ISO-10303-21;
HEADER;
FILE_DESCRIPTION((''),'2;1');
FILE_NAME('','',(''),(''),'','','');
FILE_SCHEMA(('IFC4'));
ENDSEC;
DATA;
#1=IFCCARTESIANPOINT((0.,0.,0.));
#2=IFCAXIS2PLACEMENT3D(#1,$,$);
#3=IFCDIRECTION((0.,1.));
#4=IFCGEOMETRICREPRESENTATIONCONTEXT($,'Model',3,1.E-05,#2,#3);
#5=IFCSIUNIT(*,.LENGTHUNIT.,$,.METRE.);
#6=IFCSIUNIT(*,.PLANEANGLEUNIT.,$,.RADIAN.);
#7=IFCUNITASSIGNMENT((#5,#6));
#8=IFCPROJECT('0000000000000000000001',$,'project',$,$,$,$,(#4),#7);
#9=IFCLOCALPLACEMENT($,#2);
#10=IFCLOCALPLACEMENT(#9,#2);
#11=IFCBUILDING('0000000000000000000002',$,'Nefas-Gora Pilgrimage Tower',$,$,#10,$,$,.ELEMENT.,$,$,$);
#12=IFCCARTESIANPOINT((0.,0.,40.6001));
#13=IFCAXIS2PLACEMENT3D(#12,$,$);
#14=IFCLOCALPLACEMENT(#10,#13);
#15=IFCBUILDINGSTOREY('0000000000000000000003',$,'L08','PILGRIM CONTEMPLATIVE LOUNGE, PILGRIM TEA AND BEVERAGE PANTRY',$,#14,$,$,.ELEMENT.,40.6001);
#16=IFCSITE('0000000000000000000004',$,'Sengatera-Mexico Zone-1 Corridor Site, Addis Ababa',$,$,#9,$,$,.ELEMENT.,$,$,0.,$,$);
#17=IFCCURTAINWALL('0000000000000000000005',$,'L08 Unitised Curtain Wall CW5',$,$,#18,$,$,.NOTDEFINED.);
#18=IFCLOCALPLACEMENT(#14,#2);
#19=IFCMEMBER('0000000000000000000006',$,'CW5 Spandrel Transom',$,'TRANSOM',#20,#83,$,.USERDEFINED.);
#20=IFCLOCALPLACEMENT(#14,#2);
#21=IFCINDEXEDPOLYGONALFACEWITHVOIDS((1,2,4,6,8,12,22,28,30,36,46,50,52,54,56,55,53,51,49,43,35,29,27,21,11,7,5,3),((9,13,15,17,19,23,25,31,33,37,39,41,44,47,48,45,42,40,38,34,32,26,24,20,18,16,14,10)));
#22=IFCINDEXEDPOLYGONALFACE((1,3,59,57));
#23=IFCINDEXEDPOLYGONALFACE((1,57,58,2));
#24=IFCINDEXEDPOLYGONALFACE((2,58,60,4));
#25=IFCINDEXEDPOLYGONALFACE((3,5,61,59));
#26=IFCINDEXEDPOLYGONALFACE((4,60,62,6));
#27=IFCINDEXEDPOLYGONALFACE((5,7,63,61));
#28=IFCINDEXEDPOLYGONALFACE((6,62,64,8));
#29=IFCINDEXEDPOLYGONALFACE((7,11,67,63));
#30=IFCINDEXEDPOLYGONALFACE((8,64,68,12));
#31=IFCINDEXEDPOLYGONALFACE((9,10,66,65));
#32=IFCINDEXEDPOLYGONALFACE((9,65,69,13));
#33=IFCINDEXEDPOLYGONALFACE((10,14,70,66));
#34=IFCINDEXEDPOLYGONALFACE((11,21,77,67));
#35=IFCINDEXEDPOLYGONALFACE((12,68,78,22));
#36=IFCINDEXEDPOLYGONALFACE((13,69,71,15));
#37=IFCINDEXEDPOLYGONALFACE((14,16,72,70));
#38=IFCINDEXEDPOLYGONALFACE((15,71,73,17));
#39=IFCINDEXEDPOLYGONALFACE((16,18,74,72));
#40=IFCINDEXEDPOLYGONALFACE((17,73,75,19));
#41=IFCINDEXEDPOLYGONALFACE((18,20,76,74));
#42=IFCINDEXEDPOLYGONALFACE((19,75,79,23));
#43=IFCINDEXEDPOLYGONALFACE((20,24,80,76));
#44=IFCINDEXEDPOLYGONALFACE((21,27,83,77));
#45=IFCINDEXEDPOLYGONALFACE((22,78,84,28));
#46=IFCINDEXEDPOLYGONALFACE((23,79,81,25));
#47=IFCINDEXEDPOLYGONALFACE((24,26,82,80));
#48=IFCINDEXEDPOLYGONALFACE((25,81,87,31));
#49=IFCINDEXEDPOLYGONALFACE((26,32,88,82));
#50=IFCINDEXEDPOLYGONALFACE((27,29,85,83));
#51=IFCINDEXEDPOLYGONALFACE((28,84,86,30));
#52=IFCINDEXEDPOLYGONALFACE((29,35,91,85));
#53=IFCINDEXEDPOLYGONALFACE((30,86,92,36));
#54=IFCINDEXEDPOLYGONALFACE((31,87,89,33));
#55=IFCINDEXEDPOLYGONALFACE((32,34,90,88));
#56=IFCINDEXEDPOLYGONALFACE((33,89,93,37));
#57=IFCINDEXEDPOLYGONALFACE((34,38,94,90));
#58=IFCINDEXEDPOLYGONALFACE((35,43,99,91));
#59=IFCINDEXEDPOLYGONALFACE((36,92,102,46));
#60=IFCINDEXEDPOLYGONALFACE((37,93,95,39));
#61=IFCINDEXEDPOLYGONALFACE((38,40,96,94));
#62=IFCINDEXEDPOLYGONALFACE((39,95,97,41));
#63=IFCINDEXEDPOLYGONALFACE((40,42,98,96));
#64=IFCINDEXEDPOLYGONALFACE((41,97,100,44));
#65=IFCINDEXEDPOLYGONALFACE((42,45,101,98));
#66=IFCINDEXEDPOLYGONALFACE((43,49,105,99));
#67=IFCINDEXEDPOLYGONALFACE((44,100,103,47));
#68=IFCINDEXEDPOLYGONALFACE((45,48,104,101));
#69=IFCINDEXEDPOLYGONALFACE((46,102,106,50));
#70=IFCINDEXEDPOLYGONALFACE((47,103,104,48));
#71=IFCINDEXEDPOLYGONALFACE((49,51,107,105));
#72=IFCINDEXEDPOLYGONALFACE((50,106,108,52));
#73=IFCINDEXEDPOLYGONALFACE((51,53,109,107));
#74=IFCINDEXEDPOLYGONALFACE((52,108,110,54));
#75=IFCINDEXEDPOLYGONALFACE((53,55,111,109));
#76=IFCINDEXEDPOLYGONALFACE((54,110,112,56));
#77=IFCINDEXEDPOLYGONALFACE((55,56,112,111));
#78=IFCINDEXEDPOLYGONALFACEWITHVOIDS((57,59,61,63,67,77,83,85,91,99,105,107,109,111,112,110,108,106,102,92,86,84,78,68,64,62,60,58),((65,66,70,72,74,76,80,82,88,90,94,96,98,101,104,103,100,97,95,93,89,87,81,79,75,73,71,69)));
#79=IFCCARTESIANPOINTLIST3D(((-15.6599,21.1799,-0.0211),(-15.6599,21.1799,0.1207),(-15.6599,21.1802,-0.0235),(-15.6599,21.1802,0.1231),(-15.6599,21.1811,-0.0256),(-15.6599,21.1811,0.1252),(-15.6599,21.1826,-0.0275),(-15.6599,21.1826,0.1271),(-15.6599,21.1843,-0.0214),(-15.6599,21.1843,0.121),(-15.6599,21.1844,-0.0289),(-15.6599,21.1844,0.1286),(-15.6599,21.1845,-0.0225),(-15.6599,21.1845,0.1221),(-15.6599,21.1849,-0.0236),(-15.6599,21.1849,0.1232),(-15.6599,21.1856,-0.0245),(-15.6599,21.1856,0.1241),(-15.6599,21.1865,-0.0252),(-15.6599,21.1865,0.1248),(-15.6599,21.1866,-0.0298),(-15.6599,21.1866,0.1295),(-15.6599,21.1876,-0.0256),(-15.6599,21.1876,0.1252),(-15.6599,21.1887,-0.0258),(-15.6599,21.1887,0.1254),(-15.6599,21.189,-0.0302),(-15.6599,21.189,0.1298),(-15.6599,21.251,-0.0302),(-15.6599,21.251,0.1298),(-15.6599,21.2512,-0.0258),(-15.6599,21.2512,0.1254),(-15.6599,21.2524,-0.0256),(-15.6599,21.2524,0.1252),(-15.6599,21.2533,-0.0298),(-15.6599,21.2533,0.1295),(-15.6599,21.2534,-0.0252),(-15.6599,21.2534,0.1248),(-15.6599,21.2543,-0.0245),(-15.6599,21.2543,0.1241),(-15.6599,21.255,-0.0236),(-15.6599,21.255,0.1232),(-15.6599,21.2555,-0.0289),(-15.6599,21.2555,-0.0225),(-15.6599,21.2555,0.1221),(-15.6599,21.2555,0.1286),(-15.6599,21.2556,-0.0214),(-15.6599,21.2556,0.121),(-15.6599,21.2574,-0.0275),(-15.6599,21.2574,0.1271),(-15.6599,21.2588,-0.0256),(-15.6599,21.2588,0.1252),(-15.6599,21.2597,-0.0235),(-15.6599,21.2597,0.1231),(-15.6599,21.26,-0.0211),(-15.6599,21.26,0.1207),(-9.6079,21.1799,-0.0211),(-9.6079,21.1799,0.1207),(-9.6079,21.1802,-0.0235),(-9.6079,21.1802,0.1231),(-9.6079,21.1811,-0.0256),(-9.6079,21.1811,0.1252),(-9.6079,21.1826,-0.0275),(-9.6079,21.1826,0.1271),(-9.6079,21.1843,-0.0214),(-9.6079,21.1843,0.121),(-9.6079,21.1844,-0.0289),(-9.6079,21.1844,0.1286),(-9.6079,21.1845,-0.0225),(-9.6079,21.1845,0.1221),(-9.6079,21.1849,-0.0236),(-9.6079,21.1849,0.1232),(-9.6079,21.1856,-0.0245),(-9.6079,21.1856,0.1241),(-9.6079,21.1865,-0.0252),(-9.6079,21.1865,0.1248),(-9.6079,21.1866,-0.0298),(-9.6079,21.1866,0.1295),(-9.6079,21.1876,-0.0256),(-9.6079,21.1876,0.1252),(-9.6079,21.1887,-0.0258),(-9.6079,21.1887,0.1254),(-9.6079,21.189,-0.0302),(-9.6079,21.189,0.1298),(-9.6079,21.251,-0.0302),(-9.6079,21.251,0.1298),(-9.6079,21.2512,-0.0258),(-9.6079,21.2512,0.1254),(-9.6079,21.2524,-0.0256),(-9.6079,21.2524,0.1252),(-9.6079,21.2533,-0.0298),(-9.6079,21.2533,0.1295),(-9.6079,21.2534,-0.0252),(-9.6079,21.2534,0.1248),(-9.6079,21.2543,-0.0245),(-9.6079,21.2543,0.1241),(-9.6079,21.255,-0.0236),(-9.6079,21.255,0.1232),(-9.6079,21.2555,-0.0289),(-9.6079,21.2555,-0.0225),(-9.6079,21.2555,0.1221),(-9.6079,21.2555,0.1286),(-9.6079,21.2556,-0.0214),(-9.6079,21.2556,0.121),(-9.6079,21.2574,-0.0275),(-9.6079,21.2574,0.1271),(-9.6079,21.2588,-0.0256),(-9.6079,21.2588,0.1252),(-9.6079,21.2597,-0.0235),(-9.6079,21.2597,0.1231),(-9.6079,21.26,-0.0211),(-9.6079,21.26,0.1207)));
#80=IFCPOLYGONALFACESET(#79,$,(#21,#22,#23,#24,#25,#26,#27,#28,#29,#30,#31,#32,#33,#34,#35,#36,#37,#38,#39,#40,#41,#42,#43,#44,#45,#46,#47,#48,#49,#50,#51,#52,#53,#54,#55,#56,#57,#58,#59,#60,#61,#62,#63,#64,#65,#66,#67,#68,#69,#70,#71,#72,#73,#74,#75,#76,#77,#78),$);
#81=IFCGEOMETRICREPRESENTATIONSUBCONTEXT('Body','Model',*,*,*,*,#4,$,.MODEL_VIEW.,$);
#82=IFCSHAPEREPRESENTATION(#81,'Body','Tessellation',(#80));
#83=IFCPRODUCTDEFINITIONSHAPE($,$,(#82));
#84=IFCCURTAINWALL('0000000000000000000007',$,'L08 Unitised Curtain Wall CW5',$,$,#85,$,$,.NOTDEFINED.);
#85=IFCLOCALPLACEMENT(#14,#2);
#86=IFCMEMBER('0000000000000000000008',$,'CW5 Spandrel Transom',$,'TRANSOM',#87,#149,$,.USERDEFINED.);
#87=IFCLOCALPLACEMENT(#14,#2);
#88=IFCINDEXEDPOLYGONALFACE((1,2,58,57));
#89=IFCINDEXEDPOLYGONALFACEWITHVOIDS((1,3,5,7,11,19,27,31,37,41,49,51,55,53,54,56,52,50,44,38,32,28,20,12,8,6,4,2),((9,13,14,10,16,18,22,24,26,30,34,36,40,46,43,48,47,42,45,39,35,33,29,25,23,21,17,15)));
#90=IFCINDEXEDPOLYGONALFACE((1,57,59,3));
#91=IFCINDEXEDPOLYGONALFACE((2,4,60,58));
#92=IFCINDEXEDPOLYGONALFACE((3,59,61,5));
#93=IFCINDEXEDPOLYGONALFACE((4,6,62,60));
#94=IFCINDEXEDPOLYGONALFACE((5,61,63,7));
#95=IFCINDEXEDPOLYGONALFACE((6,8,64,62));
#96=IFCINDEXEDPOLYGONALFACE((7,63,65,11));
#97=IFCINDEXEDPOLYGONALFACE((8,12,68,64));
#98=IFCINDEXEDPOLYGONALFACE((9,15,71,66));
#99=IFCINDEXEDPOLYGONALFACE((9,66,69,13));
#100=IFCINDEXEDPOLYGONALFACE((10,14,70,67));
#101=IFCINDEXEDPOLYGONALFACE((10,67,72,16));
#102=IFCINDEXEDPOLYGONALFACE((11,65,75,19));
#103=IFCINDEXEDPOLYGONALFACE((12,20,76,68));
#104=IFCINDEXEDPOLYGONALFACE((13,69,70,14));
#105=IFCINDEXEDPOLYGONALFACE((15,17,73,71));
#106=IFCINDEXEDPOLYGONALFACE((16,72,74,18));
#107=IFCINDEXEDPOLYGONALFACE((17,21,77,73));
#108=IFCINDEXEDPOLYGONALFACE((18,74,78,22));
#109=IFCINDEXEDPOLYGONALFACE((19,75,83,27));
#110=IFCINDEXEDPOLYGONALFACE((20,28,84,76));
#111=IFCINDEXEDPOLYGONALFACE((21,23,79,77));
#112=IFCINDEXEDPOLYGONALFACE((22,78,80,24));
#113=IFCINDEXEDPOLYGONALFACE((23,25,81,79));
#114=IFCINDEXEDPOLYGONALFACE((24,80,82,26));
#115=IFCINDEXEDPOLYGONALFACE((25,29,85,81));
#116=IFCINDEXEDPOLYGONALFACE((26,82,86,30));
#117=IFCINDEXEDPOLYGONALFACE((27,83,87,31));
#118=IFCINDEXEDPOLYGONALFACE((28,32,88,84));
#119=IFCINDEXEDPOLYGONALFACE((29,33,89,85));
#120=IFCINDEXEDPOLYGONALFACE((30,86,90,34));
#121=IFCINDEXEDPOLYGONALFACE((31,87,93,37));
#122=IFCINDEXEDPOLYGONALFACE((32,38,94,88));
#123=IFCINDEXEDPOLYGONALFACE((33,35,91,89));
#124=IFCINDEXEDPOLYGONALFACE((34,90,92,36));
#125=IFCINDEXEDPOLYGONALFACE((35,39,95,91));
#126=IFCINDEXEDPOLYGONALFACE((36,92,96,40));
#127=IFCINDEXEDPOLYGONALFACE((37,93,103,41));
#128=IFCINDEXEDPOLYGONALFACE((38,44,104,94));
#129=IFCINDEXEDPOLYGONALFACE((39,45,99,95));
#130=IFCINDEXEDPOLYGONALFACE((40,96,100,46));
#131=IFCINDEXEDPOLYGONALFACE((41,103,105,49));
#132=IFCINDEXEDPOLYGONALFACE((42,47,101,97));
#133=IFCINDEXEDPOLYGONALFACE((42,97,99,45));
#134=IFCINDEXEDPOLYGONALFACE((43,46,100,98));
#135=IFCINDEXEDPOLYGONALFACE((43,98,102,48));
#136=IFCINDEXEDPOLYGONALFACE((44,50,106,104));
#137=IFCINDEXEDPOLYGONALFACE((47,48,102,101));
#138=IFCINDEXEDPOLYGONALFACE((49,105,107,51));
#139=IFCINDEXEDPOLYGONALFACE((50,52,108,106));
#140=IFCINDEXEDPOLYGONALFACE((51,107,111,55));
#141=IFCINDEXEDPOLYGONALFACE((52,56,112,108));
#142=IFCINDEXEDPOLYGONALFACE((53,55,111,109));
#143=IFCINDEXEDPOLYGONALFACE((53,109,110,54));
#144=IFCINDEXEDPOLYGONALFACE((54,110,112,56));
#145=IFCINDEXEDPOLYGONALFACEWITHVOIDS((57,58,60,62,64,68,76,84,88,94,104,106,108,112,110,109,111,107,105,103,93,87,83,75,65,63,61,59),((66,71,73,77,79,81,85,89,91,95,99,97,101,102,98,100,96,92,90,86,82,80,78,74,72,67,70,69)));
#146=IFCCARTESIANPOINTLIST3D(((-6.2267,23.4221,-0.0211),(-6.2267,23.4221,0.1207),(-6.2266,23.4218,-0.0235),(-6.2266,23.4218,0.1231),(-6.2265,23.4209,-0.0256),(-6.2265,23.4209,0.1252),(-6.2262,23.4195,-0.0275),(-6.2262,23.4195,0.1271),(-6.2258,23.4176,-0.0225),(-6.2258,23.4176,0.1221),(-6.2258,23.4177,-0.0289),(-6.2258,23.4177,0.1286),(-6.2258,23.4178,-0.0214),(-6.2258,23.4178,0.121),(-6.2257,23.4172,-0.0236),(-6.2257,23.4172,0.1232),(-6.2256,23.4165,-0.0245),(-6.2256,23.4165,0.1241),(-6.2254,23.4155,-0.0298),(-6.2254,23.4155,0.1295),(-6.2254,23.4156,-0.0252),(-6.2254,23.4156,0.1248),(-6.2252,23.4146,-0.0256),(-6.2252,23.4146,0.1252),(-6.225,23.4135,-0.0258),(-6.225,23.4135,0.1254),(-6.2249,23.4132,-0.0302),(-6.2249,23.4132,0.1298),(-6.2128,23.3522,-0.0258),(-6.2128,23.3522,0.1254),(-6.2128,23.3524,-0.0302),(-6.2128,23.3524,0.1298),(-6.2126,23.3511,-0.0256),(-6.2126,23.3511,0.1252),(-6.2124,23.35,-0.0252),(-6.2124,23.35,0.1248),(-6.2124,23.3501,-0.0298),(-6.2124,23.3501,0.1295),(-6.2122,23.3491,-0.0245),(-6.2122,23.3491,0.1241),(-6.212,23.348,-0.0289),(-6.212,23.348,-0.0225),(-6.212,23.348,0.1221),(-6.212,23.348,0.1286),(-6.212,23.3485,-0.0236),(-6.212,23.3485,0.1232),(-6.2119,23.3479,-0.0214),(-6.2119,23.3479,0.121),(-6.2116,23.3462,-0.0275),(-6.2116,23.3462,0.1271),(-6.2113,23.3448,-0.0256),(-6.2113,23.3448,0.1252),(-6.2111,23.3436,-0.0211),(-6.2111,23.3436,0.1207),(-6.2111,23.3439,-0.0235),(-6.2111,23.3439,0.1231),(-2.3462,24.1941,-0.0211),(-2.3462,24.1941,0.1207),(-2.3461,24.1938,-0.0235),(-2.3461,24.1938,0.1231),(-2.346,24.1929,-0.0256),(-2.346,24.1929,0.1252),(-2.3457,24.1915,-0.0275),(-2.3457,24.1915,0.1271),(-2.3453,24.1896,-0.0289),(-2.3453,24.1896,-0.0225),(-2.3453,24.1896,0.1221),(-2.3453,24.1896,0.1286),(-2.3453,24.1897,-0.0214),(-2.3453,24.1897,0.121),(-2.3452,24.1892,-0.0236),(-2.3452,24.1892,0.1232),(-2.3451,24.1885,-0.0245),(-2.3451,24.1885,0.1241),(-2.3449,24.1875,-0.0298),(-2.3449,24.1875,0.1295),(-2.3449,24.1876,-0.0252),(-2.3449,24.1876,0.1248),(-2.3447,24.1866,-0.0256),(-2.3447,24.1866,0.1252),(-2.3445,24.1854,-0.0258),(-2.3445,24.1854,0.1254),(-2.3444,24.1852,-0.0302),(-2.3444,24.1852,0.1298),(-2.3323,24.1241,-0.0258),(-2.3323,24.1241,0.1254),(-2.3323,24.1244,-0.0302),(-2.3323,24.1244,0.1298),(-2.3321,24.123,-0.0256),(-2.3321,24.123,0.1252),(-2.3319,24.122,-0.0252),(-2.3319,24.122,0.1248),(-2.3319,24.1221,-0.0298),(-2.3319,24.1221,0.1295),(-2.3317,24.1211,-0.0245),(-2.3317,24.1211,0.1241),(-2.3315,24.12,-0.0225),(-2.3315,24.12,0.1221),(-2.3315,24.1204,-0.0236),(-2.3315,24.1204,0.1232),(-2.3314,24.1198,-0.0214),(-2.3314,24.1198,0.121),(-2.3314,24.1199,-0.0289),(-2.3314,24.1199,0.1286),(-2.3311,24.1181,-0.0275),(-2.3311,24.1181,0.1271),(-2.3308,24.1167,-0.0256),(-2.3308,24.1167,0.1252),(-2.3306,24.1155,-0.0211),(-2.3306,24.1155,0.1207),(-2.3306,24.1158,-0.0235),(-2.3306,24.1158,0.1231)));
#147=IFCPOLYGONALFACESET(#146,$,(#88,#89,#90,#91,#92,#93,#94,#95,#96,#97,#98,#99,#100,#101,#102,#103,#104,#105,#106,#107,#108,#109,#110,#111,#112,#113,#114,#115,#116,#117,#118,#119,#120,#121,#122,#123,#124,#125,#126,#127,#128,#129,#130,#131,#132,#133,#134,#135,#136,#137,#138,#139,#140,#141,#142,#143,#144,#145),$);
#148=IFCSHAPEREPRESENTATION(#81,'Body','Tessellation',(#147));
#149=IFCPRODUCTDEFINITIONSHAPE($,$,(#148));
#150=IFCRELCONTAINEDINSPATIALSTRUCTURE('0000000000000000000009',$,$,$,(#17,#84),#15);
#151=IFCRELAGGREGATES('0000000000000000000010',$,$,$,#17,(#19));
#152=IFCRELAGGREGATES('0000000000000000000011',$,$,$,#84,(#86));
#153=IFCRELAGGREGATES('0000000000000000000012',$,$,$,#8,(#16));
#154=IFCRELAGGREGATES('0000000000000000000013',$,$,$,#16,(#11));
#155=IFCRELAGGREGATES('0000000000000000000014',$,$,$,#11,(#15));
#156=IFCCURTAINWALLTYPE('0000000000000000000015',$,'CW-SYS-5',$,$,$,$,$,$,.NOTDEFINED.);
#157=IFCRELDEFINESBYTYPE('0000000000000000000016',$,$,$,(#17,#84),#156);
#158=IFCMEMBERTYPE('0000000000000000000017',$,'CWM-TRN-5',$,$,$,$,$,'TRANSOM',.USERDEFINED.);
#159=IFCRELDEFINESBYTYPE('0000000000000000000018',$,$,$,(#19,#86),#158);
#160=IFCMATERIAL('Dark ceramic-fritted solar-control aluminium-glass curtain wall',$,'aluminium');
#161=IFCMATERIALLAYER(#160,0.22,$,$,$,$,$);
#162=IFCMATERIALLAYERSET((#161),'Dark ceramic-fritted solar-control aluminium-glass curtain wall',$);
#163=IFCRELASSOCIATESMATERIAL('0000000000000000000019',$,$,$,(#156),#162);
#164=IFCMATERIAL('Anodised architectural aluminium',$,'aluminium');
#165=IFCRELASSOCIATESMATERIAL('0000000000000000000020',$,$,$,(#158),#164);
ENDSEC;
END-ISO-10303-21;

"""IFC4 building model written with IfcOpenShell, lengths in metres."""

from ifc_helpers import new_model, si_unit, direction, frame, origin, origin_2d, place, context, subcontext, project, spatial, hollow_rectangle, extrude, source, transform, mapped, material, layer, layer_set, material_profile, profile_set, type_object, element, aggregate, save


model = new_model("IFC4")

# Units and contexts
model_context = context("Model", 3, precision=1e-05, world=origin(), true_north=direction((0.0, 1.0)))
body_context = subcontext(model_context, "Body", "Model", "MODEL_VIEW")
ifc_project = project(units=[si_unit("LENGTHUNIT", "METRE"), si_unit("PLANEANGLEUNIT", "RADIAN")], contexts=[model_context])

# Site, building, storey
site_placement = place(None, origin())
site = spatial("IfcSite", under=ifc_project, at=site_placement, Name="Sengatera-Mexico Zone-1 Corridor Site, Addis Ababa", CompositionType="ELEMENT", RefElevation=0.0)
building_placement = place(site_placement, origin())
building = spatial("IfcBuilding", under=site, at=building_placement, Name="Nefas-Gora Pilgrimage Tower", CompositionType="ELEMENT")
storey_placement = place(building_placement, frame((0.0, 0.0, 40.6001)))
storey = spatial("IfcBuildingStorey", under=building, at=storey_placement, Name="L08", Description="PILGRIM CONTEMPLATIVE LOUNGE, PILGRIM TEA AND BEVERAGE PANTRY", CompositionType="ELEMENT", Elevation=40.6001)

# Curtain walls, members
ifc_material_1 = material(Name="Dark ceramic-fritted solar-control aluminium-glass curtain wall", Category="aluminium")
ifc_layer_1 = layer(ifc_material_1, 0.22)
ifc_layer_set_1 = layer_set([ifc_layer_1], Name="Dark ceramic-fritted solar-control aluminium-glass curtain wall")
curtain_wall_type = type_object("IfcCurtainWallType", Name="CW-SYS-5", PredefinedType="NOTDEFINED", material=ifc_layer_set_1)
curtain_wall_1_placement = place(storey_placement, origin())
curtain_wall_1 = element("IfcCurtainWall", 1, at=curtain_wall_1_placement, inside=storey, type_object=curtain_wall_type, Name="L08 Unitised Curtain Wall CW5", PredefinedType="NOTDEFINED")
ifc_material_2 = material(Name="Anodised architectural aluminium", Category="aluminium")
ifc_material_profile_1 = material_profile(ifc_material_2, hollow_rectangle(XDim=0.0801, YDim=0.1599, WallThickness=0.0044, InnerFilletRadius=0.0044, OuterFilletRadius=0.009, at=origin_2d()), Name="ALU TRANSOM 80x160")
ifc_profile_set_1 = profile_set([ifc_material_profile_1], Name="Anodised architectural aluminium")
member_type_1 = type_object("IfcMemberType", Name="CWM-TRN-5", ElementType="TRANSOM", PredefinedType="USERDEFINED", material=ifc_profile_set_1)
shared_shape_1 = source(origin(), body_context, "Body", "SweptSolid", [
    extrude(hollow_rectangle(XDim=0.0801, YDim=0.1599, WallThickness=0.0044, InnerFilletRadius=0.0044, OuterFilletRadius=0.009, at=origin_2d()), origin(), (0.0, 0.0, 1.0), 6.052),
])
member_1_placement = place(storey_placement, frame((-9.6079, 21.22, 0.0498), z_axis=(-1.0, 0.0, 0.0), x_axis=(0.0, -1.0, 0.0)))
member_1 = element("IfcMember", 2, at=member_1_placement, type_object=member_type_1, Name="CW5 Spandrel Transom", ObjectType="TRANSOM", PredefinedType="USERDEFINED", context=body_context, shape_type="MappedRepresentation", body=[
    mapped(shared_shape_1, transform((0.0, 0.0, 0.0), x_axis=(1.0, 0.0, 0.0), y_axis=(0.0, 1.0, 0.0), z_axis=(0.0, 0.0, 1.0), scale=1.0)),
])
curtain_wall_2_placement = place(storey_placement, origin())
curtain_wall_2 = element("IfcCurtainWall", 3, at=curtain_wall_2_placement, inside=storey, type_object=curtain_wall_type, Name="L08 Unitised Curtain Wall CW5", PredefinedType="NOTDEFINED")
shared_shape_2 = source(origin(), body_context, "Body", "SweptSolid", [
    extrude(hollow_rectangle(XDim=0.0801, YDim=0.1599, WallThickness=0.0044, InnerFilletRadius=0.0044, OuterFilletRadius=0.009, at=origin_2d()), origin(), (0.0, 0.0, 1.0), 3.9565),
])
member_2_placement = place(storey_placement, frame((-2.3384, 24.1548, 0.0498), z_axis=(-0.980782, -0.195107, 0.0), x_axis=(0.195107, -0.980782, 0.0)))
member_2 = element("IfcMember", 4, at=member_2_placement, type_object=member_type_1, Name="CW5 Spandrel Transom", ObjectType="TRANSOM", PredefinedType="USERDEFINED", context=body_context, shape_type="MappedRepresentation", body=[
    mapped(shared_shape_2, transform((0.0, 0.0, 0.0), x_axis=(1.0, 0.0, 0.0), y_axis=(0.0, 1.0, 0.0), z_axis=(0.0, 0.0, 1.0), scale=1.0)),
])

aggregate(curtain_wall_1, [member_1])

aggregate(curtain_wall_2, [member_2])

save(model, "model.ifc")
